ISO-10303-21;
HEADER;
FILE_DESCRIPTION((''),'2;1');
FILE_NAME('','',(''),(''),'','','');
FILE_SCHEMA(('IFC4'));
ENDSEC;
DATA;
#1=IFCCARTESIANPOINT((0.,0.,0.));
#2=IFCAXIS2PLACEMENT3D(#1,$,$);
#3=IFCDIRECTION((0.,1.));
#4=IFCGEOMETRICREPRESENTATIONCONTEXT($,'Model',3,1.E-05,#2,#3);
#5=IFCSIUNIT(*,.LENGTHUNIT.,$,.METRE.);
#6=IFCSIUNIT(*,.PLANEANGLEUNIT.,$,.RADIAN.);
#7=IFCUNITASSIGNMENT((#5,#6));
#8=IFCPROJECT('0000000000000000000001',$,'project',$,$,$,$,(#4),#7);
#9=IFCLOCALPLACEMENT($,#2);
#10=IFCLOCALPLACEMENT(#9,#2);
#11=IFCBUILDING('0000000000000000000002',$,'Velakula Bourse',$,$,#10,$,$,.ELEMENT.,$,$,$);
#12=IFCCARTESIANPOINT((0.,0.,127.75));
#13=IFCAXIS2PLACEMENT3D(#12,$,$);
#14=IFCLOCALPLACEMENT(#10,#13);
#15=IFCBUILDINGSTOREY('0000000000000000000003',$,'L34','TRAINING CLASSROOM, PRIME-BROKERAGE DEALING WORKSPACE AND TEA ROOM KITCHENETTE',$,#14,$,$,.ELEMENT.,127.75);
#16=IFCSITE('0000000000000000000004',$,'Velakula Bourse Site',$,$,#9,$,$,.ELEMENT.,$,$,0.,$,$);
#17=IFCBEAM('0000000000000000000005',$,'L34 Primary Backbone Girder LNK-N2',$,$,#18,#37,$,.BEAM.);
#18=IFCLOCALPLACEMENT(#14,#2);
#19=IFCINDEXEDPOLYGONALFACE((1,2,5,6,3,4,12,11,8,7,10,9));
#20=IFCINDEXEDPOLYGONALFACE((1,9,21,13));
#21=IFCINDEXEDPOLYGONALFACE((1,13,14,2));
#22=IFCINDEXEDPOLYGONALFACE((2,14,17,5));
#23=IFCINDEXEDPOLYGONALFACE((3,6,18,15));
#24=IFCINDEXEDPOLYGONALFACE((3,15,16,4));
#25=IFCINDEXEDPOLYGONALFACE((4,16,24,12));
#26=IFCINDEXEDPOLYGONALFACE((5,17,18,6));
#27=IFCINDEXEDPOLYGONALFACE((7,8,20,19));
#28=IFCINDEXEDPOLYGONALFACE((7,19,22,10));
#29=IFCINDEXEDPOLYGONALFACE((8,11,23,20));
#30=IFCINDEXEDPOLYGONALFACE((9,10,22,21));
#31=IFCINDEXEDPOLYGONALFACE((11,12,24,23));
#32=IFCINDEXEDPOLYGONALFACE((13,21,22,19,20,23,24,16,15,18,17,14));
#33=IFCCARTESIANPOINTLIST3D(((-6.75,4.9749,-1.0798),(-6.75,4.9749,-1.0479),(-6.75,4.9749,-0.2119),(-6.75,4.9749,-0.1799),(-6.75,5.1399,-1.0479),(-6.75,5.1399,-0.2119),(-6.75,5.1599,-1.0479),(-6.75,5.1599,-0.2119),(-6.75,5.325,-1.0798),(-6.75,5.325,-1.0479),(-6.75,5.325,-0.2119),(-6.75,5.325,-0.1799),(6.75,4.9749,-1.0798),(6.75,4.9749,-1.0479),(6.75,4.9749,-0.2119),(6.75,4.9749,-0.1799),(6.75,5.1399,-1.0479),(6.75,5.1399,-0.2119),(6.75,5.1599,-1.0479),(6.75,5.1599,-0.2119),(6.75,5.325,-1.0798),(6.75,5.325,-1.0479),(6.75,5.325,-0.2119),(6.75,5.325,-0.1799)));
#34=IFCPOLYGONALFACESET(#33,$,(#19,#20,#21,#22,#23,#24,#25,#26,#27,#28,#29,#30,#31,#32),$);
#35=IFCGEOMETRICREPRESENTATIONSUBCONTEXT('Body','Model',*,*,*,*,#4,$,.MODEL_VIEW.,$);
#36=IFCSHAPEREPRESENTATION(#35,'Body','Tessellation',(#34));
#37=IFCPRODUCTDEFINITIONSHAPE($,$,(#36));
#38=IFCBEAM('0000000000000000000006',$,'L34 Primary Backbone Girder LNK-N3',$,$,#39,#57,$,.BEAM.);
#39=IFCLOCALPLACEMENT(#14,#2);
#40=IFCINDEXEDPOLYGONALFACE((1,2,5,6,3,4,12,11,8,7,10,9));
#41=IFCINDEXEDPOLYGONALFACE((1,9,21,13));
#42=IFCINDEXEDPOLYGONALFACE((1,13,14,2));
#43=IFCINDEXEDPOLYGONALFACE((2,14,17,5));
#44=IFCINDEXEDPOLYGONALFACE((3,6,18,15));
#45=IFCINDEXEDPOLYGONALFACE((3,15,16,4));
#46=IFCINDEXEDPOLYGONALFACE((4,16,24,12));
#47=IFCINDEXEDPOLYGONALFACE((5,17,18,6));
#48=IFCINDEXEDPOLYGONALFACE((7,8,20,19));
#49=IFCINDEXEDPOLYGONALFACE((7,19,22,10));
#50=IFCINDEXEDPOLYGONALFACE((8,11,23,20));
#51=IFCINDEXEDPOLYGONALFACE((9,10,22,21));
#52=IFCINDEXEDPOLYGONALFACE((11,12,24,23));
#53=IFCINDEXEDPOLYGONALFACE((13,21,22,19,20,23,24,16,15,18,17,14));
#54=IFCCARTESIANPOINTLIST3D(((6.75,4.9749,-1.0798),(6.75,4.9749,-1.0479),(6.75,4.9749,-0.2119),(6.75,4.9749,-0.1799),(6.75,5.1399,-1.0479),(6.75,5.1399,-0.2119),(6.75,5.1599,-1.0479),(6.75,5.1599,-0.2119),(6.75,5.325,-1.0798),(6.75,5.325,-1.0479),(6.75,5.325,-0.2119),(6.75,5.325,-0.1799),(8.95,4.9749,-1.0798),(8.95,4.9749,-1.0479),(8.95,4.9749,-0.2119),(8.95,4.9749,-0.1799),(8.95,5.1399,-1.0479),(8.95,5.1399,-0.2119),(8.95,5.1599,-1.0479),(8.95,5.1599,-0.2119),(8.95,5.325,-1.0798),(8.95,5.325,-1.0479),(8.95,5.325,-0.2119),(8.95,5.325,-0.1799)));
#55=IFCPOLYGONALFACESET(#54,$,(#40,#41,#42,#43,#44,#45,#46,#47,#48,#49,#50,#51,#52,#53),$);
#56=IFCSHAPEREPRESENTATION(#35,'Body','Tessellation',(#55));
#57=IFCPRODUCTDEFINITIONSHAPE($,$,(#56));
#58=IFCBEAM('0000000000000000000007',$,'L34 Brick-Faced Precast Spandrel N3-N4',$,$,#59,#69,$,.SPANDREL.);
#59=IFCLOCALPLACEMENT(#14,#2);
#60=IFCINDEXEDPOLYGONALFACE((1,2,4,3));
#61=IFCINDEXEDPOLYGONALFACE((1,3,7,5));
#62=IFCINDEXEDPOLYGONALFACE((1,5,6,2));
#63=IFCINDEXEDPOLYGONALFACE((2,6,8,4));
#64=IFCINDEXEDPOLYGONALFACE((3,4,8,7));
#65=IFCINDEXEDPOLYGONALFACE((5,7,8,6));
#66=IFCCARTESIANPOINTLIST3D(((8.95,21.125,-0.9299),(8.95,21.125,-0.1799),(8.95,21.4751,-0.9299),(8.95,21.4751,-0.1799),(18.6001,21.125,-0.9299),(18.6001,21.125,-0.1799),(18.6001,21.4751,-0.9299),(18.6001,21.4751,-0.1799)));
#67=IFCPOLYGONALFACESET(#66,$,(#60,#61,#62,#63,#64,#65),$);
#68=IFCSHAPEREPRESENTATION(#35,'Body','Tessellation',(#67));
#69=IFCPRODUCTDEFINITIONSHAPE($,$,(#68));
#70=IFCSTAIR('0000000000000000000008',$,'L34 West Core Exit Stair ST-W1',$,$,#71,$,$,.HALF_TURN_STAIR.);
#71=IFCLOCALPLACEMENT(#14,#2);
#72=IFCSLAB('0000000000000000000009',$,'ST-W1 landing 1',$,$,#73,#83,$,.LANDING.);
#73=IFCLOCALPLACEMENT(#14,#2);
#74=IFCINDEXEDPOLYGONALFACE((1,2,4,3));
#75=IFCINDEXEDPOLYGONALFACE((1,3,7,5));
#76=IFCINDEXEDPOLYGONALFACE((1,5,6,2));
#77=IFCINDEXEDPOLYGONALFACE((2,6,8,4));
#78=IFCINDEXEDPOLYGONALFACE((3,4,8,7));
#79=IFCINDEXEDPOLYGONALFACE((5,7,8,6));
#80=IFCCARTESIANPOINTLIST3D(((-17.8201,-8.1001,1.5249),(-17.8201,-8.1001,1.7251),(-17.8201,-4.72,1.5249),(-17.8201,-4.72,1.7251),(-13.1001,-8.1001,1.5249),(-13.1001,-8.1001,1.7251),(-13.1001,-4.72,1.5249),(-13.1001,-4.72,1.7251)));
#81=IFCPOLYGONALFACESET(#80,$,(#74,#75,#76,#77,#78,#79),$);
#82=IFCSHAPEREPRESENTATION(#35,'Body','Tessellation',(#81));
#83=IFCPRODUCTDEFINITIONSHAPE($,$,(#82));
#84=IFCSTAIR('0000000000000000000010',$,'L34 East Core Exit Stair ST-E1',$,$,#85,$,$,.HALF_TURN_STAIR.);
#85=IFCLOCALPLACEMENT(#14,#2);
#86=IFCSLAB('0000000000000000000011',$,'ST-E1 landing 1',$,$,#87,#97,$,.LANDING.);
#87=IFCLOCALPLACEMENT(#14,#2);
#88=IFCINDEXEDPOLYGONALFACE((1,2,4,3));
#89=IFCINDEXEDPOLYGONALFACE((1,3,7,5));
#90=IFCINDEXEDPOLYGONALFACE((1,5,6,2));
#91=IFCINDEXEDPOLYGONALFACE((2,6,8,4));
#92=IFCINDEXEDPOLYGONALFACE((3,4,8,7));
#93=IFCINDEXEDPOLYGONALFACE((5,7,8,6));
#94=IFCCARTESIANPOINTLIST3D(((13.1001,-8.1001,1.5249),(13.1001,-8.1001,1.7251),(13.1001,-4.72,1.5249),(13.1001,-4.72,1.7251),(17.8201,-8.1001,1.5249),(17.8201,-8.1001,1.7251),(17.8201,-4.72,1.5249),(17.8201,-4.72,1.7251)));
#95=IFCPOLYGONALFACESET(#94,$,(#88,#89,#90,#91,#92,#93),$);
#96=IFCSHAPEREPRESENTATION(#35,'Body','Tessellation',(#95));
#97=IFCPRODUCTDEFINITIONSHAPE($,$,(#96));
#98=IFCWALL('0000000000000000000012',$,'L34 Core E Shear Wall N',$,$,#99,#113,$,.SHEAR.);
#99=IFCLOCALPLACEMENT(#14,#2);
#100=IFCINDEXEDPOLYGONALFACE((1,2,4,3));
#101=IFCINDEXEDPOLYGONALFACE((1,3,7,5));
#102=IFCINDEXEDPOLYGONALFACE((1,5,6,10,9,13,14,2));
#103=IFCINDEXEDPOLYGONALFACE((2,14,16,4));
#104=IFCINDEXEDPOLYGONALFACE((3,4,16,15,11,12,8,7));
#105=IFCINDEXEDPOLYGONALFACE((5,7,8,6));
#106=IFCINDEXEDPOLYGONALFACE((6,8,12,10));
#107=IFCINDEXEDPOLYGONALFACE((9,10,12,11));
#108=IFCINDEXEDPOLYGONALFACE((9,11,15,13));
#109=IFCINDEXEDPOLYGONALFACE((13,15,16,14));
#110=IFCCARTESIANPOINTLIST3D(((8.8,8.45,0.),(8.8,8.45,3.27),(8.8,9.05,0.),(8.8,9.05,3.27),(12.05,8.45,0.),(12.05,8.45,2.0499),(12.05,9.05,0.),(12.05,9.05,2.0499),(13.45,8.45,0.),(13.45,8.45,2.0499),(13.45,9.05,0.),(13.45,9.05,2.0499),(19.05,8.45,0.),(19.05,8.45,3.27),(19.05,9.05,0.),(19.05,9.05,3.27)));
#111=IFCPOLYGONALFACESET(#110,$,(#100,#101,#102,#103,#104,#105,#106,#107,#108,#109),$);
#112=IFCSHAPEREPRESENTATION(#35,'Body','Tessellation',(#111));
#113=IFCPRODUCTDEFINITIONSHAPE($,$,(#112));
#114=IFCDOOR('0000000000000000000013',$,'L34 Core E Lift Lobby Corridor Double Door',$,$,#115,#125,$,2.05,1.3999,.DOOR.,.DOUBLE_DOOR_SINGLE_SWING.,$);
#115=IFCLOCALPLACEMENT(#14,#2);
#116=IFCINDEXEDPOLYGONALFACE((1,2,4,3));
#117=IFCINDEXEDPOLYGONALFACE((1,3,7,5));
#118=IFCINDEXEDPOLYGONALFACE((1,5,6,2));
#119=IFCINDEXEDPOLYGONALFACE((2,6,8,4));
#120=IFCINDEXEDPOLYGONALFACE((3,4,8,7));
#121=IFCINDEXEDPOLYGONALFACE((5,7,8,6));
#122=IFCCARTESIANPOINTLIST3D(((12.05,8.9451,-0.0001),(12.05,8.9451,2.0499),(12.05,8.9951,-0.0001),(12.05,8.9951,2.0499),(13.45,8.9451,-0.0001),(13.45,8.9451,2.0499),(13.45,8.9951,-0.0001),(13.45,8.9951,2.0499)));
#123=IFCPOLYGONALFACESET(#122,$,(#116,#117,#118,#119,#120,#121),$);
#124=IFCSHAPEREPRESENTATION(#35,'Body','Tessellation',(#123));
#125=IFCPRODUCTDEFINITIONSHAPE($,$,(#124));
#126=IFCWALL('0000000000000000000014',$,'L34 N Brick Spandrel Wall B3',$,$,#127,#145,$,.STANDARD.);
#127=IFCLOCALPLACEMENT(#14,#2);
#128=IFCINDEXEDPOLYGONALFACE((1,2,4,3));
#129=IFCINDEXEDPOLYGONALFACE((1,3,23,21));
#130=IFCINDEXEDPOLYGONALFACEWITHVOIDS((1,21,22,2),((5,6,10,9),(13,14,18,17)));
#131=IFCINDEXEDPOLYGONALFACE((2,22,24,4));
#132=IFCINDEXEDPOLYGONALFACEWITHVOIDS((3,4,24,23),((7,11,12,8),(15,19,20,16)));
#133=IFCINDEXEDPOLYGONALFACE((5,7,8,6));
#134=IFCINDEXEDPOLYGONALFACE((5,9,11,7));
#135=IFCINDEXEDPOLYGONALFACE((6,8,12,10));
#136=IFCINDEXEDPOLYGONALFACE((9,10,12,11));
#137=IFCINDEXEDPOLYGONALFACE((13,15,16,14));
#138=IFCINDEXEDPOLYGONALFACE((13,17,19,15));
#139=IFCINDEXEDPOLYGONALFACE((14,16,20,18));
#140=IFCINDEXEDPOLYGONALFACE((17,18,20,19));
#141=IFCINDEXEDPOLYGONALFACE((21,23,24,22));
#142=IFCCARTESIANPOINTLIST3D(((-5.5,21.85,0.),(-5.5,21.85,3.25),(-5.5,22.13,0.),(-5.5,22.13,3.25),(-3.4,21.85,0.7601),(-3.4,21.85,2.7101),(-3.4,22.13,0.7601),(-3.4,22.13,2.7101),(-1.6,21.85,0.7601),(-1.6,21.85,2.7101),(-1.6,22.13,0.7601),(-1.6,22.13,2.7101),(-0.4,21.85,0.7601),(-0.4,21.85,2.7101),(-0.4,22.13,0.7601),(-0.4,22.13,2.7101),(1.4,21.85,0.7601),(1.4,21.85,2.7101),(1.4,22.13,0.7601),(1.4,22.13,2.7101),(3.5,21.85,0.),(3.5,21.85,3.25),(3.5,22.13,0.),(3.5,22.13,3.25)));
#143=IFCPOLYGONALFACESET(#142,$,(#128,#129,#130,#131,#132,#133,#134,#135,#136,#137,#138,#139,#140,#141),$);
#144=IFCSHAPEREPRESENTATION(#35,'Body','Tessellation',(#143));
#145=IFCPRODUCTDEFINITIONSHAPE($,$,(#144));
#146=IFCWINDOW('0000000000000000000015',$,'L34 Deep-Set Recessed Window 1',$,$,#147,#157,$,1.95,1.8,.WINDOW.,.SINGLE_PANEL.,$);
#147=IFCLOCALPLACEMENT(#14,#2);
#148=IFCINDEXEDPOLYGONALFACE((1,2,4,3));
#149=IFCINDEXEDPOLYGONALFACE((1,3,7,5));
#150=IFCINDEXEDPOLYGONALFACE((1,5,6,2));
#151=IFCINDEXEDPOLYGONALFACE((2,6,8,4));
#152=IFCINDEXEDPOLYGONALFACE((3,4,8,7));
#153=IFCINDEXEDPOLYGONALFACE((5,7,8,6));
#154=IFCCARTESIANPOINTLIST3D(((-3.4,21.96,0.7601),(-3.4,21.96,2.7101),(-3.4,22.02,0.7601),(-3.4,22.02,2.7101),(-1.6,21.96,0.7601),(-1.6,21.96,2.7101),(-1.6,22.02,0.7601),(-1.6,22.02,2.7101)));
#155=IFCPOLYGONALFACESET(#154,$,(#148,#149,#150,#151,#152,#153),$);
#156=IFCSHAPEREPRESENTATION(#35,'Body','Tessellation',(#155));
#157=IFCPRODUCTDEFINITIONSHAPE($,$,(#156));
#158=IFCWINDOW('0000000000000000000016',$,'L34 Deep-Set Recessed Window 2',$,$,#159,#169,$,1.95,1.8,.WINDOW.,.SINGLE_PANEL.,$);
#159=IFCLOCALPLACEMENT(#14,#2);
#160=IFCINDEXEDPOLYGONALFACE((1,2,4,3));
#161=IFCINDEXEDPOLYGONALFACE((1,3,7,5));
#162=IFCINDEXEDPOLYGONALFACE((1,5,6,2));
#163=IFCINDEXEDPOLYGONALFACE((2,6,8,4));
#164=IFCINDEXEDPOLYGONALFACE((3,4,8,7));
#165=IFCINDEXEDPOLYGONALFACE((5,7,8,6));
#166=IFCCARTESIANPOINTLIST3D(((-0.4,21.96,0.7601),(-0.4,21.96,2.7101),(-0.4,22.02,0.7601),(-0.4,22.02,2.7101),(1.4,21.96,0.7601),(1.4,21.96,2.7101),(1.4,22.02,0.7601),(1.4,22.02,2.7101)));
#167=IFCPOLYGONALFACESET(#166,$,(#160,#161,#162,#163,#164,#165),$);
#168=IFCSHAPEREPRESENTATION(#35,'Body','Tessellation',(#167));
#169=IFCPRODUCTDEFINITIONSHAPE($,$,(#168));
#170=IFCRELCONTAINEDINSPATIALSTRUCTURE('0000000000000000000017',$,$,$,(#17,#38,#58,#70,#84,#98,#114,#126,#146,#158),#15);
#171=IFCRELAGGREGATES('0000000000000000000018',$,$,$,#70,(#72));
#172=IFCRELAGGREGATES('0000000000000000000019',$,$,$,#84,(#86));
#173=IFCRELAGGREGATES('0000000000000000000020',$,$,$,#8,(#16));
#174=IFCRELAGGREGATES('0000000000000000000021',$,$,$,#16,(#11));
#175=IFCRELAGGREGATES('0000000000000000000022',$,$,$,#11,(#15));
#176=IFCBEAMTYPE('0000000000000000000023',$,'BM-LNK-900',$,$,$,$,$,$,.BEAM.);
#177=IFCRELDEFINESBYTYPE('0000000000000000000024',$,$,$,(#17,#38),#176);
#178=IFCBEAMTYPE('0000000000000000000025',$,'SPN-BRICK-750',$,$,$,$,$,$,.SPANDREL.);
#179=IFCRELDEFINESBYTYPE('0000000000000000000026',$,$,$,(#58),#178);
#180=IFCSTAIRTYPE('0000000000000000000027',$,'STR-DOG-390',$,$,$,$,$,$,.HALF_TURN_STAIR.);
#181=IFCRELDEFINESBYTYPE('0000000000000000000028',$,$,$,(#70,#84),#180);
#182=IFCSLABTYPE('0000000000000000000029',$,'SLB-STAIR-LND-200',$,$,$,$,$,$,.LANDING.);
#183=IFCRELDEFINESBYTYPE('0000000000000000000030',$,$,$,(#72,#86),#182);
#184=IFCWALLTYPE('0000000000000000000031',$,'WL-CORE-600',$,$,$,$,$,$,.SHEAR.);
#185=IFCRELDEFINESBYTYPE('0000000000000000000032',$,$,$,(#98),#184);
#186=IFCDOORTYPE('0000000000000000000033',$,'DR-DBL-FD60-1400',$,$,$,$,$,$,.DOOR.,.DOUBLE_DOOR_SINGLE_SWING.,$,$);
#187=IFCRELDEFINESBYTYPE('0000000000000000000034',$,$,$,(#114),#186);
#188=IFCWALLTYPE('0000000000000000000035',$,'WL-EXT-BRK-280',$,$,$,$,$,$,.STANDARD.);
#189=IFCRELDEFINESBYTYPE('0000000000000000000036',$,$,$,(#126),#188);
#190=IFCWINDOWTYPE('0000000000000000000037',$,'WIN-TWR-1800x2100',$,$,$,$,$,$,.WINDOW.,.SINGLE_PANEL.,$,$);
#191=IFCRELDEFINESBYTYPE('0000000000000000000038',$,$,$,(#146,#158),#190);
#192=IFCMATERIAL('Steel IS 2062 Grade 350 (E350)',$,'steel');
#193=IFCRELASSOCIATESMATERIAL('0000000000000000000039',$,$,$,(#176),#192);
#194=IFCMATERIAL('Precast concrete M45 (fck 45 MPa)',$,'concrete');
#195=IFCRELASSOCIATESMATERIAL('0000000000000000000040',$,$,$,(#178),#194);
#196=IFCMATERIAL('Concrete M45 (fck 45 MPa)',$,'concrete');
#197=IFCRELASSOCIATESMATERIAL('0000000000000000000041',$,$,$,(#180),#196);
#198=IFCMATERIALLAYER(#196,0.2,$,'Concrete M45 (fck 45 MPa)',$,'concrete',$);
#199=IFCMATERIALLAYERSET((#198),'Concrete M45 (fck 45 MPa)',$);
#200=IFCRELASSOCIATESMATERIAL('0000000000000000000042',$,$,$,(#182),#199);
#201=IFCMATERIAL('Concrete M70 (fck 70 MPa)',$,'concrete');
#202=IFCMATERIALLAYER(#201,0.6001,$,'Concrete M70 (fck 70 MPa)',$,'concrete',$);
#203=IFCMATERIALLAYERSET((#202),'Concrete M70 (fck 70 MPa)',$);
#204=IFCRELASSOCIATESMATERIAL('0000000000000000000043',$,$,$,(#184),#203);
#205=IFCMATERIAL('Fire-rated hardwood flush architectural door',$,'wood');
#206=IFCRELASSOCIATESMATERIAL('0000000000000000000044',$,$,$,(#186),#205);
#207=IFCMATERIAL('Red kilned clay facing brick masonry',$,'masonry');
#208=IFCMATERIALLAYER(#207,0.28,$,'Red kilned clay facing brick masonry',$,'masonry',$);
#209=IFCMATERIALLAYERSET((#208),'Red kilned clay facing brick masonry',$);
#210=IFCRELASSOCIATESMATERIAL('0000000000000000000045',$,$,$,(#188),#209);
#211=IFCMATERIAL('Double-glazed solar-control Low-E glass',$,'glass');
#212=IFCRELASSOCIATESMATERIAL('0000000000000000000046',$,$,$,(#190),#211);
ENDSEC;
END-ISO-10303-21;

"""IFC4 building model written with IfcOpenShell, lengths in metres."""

from ifc_helpers import new_model, si_unit, direction, frame, frame_2d, origin, origin_2d, place, context, subcontext, project, spatial, polyline, rectangle, i_section, outline, extrude, material, layer, layer_set, material_profile, profile_set, type_object, element, fill, aggregate, save


model = new_model("IFC4")

# Units and contexts
model_context = context("Model", 3, precision=1e-05, world=origin(), true_north=direction((0.0, 1.0)))
body_context = subcontext(model_context, "Body", "Model", "MODEL_VIEW")
ifc_project = project(units=[si_unit("LENGTHUNIT", "METRE"), si_unit("PLANEANGLEUNIT", "RADIAN")], contexts=[model_context])

# Site, building, storey
site_placement = place(None, origin())
site = spatial("IfcSite", under=ifc_project, at=site_placement, Name="Velakula Bourse Site", CompositionType="ELEMENT", RefElevation=0.0)
building_placement = place(site_placement, origin())
building = spatial("IfcBuilding", under=site, at=building_placement, Name="Velakula Bourse", CompositionType="ELEMENT")
storey_placement = place(building_placement, frame((0.0, 0.0, 127.75)))
storey = spatial("IfcBuildingStorey", under=building, at=storey_placement, Name="L34", Description="TRAINING CLASSROOM, PRIME-BROKERAGE DEALING WORKSPACE AND TEA ROOM KITCHENETTE", CompositionType="ELEMENT", Elevation=127.75)

# Shared definitions
ifc_material_1 = material(Name="Concrete M70 (fck 70 MPa)", Category="concrete")
ifc_material_2 = material(Name="Steel IS 2062 Grade 350 (E350)", Category="steel")

# Beams
ifc_material_profile_1 = material_profile(ifc_material_2, i_section(OverallWidth=0.3501, OverallDepth=0.8999, WebThickness=0.02, FlangeThickness=0.032, at=origin_2d()), Name="Steel IS 2062 Grade 350 (E350)")
ifc_profile_set_1 = profile_set([ifc_material_profile_1], Name="Steel IS 2062 Grade 350 (E350)")
beam_type_1 = type_object("IfcBeamType", Name="BM-LNK-900", PredefinedType="BEAM", material=ifc_profile_set_1)
beam_1_placement = place(storey_placement, frame((-6.75, 5.1499, -0.6299), z_axis=(1.0, 0.0, 0.0), x_axis=(0.0, 1.0, 0.0)))
element("IfcBeam", 1, at=beam_1_placement, inside=storey, type_object=beam_type_1, Name="L34 Primary Backbone Girder LNK-N2", PredefinedType="BEAM", context=body_context, shape_type="SweptSolid", body=[
    extrude(i_section(OverallWidth=0.3501, OverallDepth=0.8999, WebThickness=0.02, FlangeThickness=0.032, at=origin_2d()), origin(), (0.0, 0.0, 1.0), 13.5),
])
beam_2_placement = place(storey_placement, frame((6.75, 5.1499, -0.6299), z_axis=(1.0, 0.0, 0.0), x_axis=(0.0, 1.0, 0.0)))
element("IfcBeam", 2, at=beam_2_placement, inside=storey, type_object=beam_type_1, Name="L34 Primary Backbone Girder LNK-N3", PredefinedType="BEAM", context=body_context, shape_type="SweptSolid", body=[
    extrude(i_section(OverallWidth=0.3501, OverallDepth=0.8999, WebThickness=0.02, FlangeThickness=0.032, at=origin_2d()), origin(), (0.0, 0.0, 1.0), 2.2),
])
ifc_material_3 = material(Name="Precast concrete M45 (fck 45 MPa)", Category="concrete")
ifc_material_profile_2 = material_profile(ifc_material_3, rectangle(XDim=0.3501, YDim=0.75, at=origin_2d()), Name="Precast concrete M45 (fck 45 MPa)")
ifc_profile_set_2 = profile_set([ifc_material_profile_2], Name="Precast concrete M45 (fck 45 MPa)")
beam_type_2 = type_object("IfcBeamType", Name="SPN-BRICK-750", PredefinedType="SPANDREL", material=ifc_profile_set_2)
beam_3_placement = place(storey_placement, frame((8.95, 21.3, -0.5549), z_axis=(1.0, 0.0, 0.0), x_axis=(0.0, 1.0, 0.0)))
element("IfcBeam", 3, at=beam_3_placement, inside=storey, type_object=beam_type_2, Name="L34 Brick-Faced Precast Spandrel N3-N4", PredefinedType="SPANDREL", context=body_context, shape_type="SweptSolid", body=[
    extrude(rectangle(XDim=0.3501, YDim=0.75, at=origin_2d()), origin(), (0.0, 0.0, 1.0), 9.6501),
])

# Stairs, slabs
ifc_material_4 = material(Name="Concrete M45 (fck 45 MPa)", Category="concrete")
stair_type = type_object("IfcStairType", Name="STR-DOG-390", PredefinedType="HALF_TURN_STAIR", material=ifc_material_4)
stair_1_placement = place(storey_placement, origin())
stair_1 = element("IfcStair", 4, at=stair_1_placement, inside=storey, type_object=stair_type, Name="L34 West Core Exit Stair ST-W1", PredefinedType="HALF_TURN_STAIR")
ifc_layer_1 = layer(ifc_material_4, 0.2, Name="Concrete M45 (fck 45 MPa)", Category="concrete")
ifc_layer_set_1 = layer_set([ifc_layer_1], Name="Concrete M45 (fck 45 MPa)")
slab_type = type_object("IfcSlabType", Name="SLB-STAIR-LND-200", PredefinedType="LANDING", material=ifc_layer_set_1)
slab_1_placement = place(storey_placement, frame((0.0, 0.0, 1.5249)))
slab_1 = element("IfcSlab", 5, at=slab_1_placement, type_object=slab_type, Name="ST-W1 landing 1", PredefinedType="LANDING", context=body_context, shape_type="SweptSolid", body=[
    extrude(outline(polyline([(-17.8201, -4.72), (-17.8201, -8.1001), (-13.1001, -8.1001), (-13.1001, -4.72), (-17.8201, -4.72)])), origin(), (0.0, 0.0, 1.0), 0.2002),
])
aggregate(stair_1, [slab_1])
stair_2_placement = place(storey_placement, origin())
stair_2 = element("IfcStair", 6, at=stair_2_placement, inside=storey, type_object=stair_type, Name="L34 East Core Exit Stair ST-E1", PredefinedType="HALF_TURN_STAIR")
slab_2_placement = place(storey_placement, frame((0.0, 0.0, 1.5249)))
slab_2 = element("IfcSlab", 7, at=slab_2_placement, type_object=slab_type, Name="ST-E1 landing 1", PredefinedType="LANDING", context=body_context, shape_type="SweptSolid", body=[
    extrude(outline(polyline([(13.1001, -4.72), (13.1001, -8.1001), (17.8201, -8.1001), (17.8201, -4.72), (13.1001, -4.72)])), origin(), (0.0, 0.0, 1.0), 0.2002),
])
aggregate(stair_2, [slab_2])

# Wall, opening, door
ifc_layer_2 = layer(ifc_material_1, 0.6001, Name="Concrete M70 (fck 70 MPa)", Category="concrete")
ifc_layer_set_2 = layer_set([ifc_layer_2], Name="Concrete M70 (fck 70 MPa)")
wall_type_1 = type_object("IfcWallType", Name="WL-CORE-600", PredefinedType="SHEAR", material=ifc_layer_set_2)
wall_1_placement = place(storey_placement, frame((8.8, 8.75, 0.0), z_axis=(0.0, 0.0, 1.0), x_axis=(1.0, 0.0, 0.0)))
wall_1 = element("IfcWall", 8, at=wall_1_placement, inside=storey, type_object=wall_type_1, Name="L34 Core E Shear Wall N", PredefinedType="SHEAR", context=body_context, shape_type="SweptSolid", body=[
    extrude(rectangle(XDim=10.25, YDim=0.6001, at=frame_2d((5.125, 0.0))), origin(), (0.0, 0.0, 1.0), 3.27),
])
opening_1_placement = place(wall_1_placement, frame((3.25, 0.0, 0.0)))
opening_1 = element("IfcOpeningElement", 9, at=opening_1_placement, cuts=wall_1, PredefinedType="OPENING", context=body_context, shape_type="SweptSolid", body=[
    extrude(rectangle(XDim=1.3999, YDim=2.05, at=frame_2d((0.7, 1.0249))), frame((0.0, 0.3101, 0.0), z_axis=(0.0, -1.0, 0.0), x_axis=(1.0, 0.0, 0.0)), (0.0, 0.0, 1.0), 0.6201),
])
ifc_material_5 = material(Name="Fire-rated hardwood flush architectural door", Category="wood")
door_type = type_object("IfcDoorType", Name="DR-DBL-FD60-1400", OperationType="DOUBLE_DOOR_SINGLE_SWING", PredefinedType="DOOR", material=ifc_material_5)
door_placement = place(opening_1_placement, origin())
door = element("IfcDoor", 10, at=door_placement, inside=storey, type_object=door_type, Name="L34 Core E Lift Lobby Corridor Double Door", OperationType="DOUBLE_DOOR_SINGLE_SWING", OverallHeight=2.05, OverallWidth=1.3999, PredefinedType="DOOR", context=body_context, shape_type="SweptSolid", body=[
    extrude(rectangle(XDim=1.3999, YDim=2.05, at=frame_2d((0.7, 1.0249))), frame((0.0, 0.2451, 0.0), z_axis=(0.0, -1.0, 0.0), x_axis=(1.0, 0.0, 0.0)), (0.0, 0.0, 1.0), 0.05),
])
fill(opening_1, door)

# Wall, openings, windows
ifc_material_6 = material(Name="Red kilned clay facing brick masonry", Category="masonry")
ifc_layer_3 = layer(ifc_material_6, 0.28, Name="Red kilned clay facing brick masonry", Category="masonry")
ifc_layer_set_3 = layer_set([ifc_layer_3], Name="Red kilned clay facing brick masonry")
wall_type_2 = type_object("IfcWallType", Name="WL-EXT-BRK-280", PredefinedType="STANDARD", material=ifc_layer_set_3)
wall_2_placement = place(storey_placement, frame((-5.5, 21.99, 0.0), z_axis=(0.0, 0.0, 1.0), x_axis=(1.0, 0.0, 0.0)))
wall_2 = element("IfcWall", 11, at=wall_2_placement, inside=storey, type_object=wall_type_2, Name="L34 N Brick Spandrel Wall B3", PredefinedType="STANDARD", context=body_context, shape_type="SweptSolid", body=[
    extrude(rectangle(XDim=9.0, YDim=0.28, at=frame_2d((4.5, 0.0))), origin(), (0.0, 0.0, 1.0), 3.25),
])
opening_2_placement = place(wall_2_placement, frame((2.1001, 0.0, 0.76)))
opening_2 = element("IfcOpeningElement", 12, at=opening_2_placement, cuts=wall_2, PredefinedType="OPENING", context=body_context, shape_type="SweptSolid", body=[
    extrude(rectangle(XDim=1.8, YDim=1.95, at=frame_2d((0.8999, 0.9751))), frame((0.0, 0.1499, 0.0), z_axis=(0.0, -1.0, 0.0), x_axis=(1.0, 0.0, 0.0)), (0.0, 0.0, 1.0), 0.3),
])
opening_3_placement = place(wall_2_placement, frame((5.1001, 0.0, 0.76)))
opening_3 = element("IfcOpeningElement", 13, at=opening_3_placement, cuts=wall_2, PredefinedType="OPENING", context=body_context, shape_type="SweptSolid", body=[
    extrude(rectangle(XDim=1.8, YDim=1.95, at=frame_2d((0.8999, 0.9751))), frame((0.0, 0.1499, 0.0), z_axis=(0.0, -1.0, 0.0), x_axis=(1.0, 0.0, 0.0)), (0.0, 0.0, 1.0), 0.3),
])
ifc_material_7 = material(Name="Double-glazed solar-control Low-E glass", Category="glass")
window_type = type_object("IfcWindowType", Name="WIN-TWR-1800x2100", PartitioningType="SINGLE_PANEL", PredefinedType="WINDOW", material=ifc_material_7)
window_1_placement = place(opening_2_placement, origin())
window_1 = element("IfcWindow", 14, at=window_1_placement, inside=storey, type_object=window_type, Name="L34 Deep-Set Recessed Window 1", OverallHeight=1.95, OverallWidth=1.8, PartitioningType="SINGLE_PANEL", PredefinedType="WINDOW", context=body_context, shape_type="SweptSolid", body=[
    extrude(rectangle(XDim=1.8, YDim=1.95, at=frame_2d((0.8999, 0.9751))), frame((0.0, 0.03, 0.0), z_axis=(0.0, -1.0, 0.0), x_axis=(1.0, 0.0, 0.0)), (0.0, 0.0, 1.0), 0.0601),
])
fill(opening_2, window_1)
window_2_placement = place(opening_3_placement, origin())
window_2 = element("IfcWindow", 15, at=window_2_placement, inside=storey, type_object=window_type, Name="L34 Deep-Set Recessed Window 2", OverallHeight=1.95, OverallWidth=1.8, PartitioningType="SINGLE_PANEL", PredefinedType="WINDOW", context=body_context, shape_type="SweptSolid", body=[
    extrude(rectangle(XDim=1.8, YDim=1.95, at=frame_2d((0.8999, 0.9751))), frame((0.0, 0.03, 0.0), z_axis=(0.0, -1.0, 0.0), x_axis=(1.0, 0.0, 0.0)), (0.0, 0.0, 1.0), 0.0601),
])
fill(opening_3, window_2)

save(model, "model.ifc")
